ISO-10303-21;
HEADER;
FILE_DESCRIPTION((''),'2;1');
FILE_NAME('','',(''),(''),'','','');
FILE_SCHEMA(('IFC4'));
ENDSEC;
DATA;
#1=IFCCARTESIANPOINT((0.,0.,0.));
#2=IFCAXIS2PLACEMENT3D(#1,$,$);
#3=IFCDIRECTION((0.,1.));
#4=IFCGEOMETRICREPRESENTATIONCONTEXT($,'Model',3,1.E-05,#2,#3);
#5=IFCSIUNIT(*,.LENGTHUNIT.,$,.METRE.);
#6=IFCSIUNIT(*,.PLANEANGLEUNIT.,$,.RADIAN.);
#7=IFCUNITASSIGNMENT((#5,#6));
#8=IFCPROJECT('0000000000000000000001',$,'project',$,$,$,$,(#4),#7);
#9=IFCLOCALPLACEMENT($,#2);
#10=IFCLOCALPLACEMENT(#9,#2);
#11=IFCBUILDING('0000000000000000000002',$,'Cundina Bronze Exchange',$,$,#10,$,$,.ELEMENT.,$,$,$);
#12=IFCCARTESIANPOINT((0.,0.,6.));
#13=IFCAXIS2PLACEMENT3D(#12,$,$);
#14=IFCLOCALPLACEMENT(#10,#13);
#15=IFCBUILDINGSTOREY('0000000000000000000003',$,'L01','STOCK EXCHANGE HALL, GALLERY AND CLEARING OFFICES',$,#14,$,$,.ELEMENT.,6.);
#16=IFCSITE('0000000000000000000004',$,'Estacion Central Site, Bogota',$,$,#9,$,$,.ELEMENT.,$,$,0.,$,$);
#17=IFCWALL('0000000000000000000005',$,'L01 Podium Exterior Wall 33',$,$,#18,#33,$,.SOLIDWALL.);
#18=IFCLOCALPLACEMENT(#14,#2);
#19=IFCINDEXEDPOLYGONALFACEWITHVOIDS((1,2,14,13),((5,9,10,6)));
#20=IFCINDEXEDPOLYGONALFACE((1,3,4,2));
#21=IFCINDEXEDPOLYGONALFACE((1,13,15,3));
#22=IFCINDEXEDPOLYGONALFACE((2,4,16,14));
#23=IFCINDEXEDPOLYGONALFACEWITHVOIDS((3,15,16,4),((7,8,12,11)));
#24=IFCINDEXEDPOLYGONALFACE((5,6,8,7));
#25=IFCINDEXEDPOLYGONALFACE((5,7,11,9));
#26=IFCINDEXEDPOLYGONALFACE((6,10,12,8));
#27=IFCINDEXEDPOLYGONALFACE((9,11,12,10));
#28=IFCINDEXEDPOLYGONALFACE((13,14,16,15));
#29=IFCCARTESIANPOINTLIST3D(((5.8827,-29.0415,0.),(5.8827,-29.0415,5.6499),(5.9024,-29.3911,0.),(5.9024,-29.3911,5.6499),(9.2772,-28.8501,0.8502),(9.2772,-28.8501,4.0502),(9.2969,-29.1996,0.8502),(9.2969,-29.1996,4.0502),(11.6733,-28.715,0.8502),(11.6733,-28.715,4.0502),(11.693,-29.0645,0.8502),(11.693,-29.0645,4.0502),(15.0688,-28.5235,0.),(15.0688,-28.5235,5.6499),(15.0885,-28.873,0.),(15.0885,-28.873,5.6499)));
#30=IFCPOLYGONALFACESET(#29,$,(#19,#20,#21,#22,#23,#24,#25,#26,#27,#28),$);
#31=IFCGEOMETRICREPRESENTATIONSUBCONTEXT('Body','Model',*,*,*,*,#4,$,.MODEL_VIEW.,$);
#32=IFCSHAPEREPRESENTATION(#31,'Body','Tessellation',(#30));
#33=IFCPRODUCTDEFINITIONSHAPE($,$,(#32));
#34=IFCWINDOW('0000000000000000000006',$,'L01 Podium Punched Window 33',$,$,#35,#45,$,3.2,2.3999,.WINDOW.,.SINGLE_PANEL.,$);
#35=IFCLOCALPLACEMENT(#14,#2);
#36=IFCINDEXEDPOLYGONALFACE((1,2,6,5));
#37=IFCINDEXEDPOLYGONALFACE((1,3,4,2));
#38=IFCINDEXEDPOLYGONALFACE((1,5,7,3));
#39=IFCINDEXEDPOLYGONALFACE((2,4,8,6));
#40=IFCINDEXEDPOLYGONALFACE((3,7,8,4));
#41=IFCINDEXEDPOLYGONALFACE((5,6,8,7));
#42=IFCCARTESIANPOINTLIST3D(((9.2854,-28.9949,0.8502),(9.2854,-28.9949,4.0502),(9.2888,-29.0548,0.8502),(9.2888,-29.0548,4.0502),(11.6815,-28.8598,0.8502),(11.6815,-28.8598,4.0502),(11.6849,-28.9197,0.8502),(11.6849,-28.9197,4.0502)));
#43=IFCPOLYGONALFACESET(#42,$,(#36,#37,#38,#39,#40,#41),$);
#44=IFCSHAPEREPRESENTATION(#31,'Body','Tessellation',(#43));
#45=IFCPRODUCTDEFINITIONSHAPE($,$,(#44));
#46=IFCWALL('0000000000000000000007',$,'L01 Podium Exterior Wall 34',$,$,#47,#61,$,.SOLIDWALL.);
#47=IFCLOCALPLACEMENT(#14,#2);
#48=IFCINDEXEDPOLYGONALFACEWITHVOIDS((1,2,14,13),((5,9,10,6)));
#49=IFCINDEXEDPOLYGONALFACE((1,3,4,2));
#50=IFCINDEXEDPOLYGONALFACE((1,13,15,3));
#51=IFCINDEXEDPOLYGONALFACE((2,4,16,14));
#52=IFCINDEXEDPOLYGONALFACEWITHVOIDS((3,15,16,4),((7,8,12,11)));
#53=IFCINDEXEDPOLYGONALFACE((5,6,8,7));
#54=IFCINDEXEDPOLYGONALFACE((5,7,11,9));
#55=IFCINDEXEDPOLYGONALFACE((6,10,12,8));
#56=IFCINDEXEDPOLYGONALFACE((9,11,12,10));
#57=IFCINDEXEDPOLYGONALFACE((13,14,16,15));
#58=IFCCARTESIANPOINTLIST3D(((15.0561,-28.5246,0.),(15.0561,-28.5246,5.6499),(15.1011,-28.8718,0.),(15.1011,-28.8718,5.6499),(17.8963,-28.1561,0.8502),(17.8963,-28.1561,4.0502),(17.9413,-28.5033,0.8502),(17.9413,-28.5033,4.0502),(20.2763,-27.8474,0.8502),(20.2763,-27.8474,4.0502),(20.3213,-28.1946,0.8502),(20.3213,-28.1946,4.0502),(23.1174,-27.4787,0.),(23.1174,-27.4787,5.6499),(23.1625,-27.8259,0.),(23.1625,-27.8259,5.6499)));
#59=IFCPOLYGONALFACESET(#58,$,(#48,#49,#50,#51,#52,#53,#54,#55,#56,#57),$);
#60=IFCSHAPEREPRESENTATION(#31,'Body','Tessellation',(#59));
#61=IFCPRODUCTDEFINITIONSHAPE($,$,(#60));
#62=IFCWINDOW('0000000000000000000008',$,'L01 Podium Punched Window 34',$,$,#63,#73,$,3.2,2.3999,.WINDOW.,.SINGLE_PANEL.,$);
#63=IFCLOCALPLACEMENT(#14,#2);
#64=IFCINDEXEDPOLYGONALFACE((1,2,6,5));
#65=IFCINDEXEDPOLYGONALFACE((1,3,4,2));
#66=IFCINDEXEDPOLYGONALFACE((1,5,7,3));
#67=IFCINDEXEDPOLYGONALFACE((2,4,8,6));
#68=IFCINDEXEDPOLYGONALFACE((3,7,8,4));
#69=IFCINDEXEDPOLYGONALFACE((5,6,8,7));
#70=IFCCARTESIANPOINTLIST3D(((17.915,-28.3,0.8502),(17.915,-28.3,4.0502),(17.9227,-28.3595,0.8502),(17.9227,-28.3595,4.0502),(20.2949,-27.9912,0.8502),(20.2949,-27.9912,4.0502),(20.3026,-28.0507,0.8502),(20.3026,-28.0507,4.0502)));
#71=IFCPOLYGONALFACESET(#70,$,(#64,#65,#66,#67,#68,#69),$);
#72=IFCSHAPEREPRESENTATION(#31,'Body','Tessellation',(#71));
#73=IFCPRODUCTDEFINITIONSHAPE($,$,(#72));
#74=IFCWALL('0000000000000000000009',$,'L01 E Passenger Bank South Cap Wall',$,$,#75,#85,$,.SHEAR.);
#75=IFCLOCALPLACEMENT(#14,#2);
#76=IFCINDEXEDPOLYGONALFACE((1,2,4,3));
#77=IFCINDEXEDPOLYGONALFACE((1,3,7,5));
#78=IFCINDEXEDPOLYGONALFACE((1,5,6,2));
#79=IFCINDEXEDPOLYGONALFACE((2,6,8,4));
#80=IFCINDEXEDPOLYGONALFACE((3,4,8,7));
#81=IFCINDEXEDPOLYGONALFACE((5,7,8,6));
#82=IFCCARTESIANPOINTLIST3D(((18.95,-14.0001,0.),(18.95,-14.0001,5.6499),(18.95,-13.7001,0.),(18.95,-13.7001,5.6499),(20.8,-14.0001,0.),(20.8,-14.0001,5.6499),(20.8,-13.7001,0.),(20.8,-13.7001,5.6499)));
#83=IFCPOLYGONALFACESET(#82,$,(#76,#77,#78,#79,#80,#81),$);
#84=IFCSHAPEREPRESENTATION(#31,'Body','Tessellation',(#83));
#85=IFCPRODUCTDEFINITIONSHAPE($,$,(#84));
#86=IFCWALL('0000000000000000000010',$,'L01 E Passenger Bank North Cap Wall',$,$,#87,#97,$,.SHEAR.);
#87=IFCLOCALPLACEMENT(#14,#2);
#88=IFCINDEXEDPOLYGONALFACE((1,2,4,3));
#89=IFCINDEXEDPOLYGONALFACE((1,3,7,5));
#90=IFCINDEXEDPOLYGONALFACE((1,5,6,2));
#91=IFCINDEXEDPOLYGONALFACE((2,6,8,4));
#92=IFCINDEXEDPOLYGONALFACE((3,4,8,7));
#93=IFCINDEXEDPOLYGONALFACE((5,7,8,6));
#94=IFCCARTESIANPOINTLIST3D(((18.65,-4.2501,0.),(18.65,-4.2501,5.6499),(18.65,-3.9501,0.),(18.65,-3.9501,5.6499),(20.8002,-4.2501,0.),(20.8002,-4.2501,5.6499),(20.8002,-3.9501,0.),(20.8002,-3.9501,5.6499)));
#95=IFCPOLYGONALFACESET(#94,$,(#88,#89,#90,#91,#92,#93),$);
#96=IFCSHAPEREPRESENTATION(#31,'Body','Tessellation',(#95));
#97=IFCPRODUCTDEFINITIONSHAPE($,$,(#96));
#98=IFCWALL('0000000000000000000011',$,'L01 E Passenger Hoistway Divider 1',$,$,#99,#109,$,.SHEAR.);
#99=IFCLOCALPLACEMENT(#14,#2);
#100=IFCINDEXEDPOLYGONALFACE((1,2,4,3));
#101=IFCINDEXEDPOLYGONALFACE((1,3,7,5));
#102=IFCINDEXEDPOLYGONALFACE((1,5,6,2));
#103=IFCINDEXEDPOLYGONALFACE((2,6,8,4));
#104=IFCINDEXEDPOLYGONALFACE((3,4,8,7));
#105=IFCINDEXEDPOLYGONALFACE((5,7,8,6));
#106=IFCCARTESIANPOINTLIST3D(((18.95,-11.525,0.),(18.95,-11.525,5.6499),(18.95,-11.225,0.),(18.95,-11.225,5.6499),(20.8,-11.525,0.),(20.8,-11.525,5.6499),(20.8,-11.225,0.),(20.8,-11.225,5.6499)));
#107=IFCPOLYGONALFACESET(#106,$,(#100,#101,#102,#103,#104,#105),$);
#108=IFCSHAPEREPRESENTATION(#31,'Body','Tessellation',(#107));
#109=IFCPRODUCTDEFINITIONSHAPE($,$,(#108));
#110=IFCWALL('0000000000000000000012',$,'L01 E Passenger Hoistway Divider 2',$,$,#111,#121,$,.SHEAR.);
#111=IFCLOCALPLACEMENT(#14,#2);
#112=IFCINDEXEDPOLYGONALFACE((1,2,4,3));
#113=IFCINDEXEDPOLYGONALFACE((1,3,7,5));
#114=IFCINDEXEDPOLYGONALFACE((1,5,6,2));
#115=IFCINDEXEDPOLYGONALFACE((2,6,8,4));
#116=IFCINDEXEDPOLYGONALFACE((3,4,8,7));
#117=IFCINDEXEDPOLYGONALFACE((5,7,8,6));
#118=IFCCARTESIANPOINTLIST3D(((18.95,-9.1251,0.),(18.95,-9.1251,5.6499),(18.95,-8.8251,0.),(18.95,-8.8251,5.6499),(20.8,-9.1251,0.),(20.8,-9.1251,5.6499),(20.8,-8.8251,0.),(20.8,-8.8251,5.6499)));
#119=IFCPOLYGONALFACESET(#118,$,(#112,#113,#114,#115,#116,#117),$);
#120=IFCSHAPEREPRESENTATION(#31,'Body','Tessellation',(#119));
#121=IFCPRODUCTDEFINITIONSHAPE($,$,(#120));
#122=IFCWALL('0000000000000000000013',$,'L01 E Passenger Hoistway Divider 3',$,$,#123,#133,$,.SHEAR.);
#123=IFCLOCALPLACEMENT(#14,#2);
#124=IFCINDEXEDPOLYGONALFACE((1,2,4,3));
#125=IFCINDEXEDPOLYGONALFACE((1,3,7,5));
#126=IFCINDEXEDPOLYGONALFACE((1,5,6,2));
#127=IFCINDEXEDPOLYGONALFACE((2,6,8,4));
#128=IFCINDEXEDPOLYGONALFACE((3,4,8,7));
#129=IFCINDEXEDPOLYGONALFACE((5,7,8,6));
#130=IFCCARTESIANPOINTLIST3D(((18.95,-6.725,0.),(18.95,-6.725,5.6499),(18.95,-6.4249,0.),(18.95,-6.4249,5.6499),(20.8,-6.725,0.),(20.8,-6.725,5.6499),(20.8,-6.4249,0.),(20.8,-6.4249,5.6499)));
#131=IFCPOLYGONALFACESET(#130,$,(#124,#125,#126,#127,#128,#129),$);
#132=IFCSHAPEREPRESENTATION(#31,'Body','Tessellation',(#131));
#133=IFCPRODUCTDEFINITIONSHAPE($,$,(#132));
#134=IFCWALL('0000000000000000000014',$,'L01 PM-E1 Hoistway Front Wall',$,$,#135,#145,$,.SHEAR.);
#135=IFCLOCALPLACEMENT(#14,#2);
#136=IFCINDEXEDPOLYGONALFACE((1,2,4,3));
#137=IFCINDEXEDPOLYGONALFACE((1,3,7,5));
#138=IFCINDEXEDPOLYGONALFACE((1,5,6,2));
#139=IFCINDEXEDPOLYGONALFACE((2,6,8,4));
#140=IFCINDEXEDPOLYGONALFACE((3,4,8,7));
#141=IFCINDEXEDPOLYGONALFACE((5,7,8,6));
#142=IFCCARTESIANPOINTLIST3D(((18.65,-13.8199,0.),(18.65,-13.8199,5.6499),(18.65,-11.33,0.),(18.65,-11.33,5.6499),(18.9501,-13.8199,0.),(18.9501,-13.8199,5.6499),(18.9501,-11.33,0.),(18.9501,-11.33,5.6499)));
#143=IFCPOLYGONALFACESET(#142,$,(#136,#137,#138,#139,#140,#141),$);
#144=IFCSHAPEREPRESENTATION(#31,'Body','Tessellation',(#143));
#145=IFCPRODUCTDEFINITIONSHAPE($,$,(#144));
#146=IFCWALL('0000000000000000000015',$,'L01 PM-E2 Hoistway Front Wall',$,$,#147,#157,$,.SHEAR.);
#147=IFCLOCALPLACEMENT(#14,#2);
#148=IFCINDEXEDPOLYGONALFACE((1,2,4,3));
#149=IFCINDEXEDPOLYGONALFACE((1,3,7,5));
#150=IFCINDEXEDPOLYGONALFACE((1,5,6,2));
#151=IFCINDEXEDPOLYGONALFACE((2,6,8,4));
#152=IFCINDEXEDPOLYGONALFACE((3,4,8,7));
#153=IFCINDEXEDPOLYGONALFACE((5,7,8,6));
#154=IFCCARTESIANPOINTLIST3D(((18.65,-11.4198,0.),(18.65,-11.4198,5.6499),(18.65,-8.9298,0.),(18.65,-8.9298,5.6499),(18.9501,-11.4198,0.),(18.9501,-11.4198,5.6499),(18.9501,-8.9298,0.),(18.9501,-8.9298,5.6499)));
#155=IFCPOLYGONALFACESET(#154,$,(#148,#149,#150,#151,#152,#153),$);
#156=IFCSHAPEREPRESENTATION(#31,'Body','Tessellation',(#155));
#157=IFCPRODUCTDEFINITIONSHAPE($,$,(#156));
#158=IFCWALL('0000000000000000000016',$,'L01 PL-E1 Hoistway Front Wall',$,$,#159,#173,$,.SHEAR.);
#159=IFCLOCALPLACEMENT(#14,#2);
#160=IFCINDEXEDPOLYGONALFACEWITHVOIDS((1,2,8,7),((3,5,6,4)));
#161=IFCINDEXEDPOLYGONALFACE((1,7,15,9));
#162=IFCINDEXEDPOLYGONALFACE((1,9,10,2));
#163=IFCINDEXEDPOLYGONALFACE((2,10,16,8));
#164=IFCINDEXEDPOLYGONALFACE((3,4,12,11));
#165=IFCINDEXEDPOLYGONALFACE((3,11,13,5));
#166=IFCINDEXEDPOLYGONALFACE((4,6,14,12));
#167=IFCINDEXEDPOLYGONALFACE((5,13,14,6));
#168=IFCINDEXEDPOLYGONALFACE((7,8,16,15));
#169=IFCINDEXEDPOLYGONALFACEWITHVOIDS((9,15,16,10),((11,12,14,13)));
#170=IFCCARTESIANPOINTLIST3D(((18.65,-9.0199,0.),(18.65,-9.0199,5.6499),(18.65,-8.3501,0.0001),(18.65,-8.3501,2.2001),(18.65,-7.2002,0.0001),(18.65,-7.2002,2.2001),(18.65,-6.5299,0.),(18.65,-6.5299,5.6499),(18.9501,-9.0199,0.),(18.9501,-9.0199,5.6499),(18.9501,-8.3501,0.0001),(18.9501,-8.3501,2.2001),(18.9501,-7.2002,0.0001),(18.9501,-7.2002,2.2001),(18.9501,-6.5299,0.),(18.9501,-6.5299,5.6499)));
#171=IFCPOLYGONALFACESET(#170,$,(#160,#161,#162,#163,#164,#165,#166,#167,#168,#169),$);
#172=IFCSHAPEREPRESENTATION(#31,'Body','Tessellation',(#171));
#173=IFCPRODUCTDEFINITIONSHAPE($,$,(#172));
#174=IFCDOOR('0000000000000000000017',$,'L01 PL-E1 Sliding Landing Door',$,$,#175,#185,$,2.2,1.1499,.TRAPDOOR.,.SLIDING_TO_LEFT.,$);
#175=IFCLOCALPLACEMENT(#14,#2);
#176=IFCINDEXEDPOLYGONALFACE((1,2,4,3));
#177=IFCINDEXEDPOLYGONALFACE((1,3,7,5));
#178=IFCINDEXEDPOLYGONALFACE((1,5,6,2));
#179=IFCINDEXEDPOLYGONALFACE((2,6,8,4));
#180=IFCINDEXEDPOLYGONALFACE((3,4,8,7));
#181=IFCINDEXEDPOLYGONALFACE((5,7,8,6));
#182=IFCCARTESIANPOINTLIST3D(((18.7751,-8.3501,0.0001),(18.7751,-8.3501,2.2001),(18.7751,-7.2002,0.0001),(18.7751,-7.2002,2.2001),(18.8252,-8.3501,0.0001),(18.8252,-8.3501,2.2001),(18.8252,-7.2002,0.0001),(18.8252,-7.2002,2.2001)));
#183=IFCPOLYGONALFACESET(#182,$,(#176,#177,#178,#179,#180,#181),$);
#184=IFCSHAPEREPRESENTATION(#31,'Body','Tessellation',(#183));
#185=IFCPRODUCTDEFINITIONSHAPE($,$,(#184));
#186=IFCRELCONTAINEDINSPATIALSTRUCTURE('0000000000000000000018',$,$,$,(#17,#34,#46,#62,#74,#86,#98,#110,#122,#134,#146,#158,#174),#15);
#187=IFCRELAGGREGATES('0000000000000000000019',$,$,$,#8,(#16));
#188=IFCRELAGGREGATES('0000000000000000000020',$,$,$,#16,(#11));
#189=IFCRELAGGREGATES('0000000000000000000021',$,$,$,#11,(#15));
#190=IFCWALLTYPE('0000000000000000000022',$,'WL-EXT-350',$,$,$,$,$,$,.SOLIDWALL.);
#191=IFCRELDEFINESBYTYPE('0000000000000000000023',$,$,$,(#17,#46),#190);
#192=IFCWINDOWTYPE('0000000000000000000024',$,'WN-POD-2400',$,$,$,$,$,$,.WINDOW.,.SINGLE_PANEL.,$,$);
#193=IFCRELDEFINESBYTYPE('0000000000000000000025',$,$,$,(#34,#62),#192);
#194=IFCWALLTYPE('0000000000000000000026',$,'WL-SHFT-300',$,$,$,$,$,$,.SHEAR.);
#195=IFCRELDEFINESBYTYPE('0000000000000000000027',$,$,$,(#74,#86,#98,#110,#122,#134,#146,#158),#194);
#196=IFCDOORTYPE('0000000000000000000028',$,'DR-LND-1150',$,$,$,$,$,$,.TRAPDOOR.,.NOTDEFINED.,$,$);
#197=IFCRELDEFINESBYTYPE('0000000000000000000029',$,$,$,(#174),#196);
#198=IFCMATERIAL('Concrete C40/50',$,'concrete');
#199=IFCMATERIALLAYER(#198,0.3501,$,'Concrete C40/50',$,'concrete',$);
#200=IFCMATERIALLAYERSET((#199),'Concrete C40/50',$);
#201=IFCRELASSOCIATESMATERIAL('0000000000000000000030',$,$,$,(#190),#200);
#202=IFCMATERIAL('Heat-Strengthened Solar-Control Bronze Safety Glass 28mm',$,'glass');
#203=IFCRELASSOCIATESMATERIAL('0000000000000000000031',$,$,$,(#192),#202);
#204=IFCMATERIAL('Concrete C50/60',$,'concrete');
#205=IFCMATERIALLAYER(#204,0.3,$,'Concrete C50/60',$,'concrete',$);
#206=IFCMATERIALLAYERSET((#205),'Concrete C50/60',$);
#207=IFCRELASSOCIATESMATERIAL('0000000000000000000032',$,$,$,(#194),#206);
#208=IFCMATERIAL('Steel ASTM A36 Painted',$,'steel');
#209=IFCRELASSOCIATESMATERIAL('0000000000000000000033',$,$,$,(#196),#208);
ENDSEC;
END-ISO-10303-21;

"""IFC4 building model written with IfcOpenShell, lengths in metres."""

from ifc_helpers import new_model, si_unit, direction, frame, frame_2d, origin, place, context, subcontext, project, spatial, rectangle, extrude, material, layer, layer_set, type_object, element, fill, save


model = new_model("IFC4")

# Units and contexts
model_context = context("Model", 3, precision=1e-05, world=origin(), true_north=direction((0.0, 1.0)))
body_context = subcontext(model_context, "Body", "Model", "MODEL_VIEW")
ifc_project = project(units=[si_unit("LENGTHUNIT", "METRE"), si_unit("PLANEANGLEUNIT", "RADIAN")], contexts=[model_context])

# Site, building, storey
site_placement = place(None, origin())
site = spatial("IfcSite", under=ifc_project, at=site_placement, Name="Estacion Central Site, Bogota", CompositionType="ELEMENT", RefElevation=0.0)
building_placement = place(site_placement, origin())
building = spatial("IfcBuilding", under=site, at=building_placement, Name="Cundina Bronze Exchange", CompositionType="ELEMENT")
storey_placement = place(building_placement, frame((0.0, 0.0, 6.0)))
storey = spatial("IfcBuildingStorey", under=building, at=storey_placement, Name="L01", Description="STOCK EXCHANGE HALL, GALLERY AND CLEARING OFFICES", CompositionType="ELEMENT", Elevation=6.0)

# Walls, openings, windows
ifc_material_1 = material(Name="Concrete C40/50", Category="concrete")
ifc_layer_1 = layer(ifc_material_1, 0.3501, Name="Concrete C40/50", Category="concrete")
ifc_layer_set_1 = layer_set([ifc_layer_1], Name="Concrete C40/50")
wall_type_1 = type_object("IfcWallType", Name="WL-EXT-350", PredefinedType="SOLIDWALL", material=ifc_layer_set_1)
wall_1_placement = place(storey_placement, frame((5.8926, -29.2163, 0.0), z_axis=(0.0, 0.0, 1.0), x_axis=(0.998413, 0.056308, 0.0)))
wall_1 = element("IfcWall", 1, at=wall_1_placement, inside=storey, type_object=wall_type_1, Name="L01 Podium Exterior Wall 33", PredefinedType="SOLIDWALL", context=body_context, shape_type="SweptSolid", body=[
    extrude(rectangle(XDim=9.2007, YDim=0.3501, at=frame_2d((4.6003, 0.0))), origin(), (0.0, 0.0, 1.0), 5.6499),
])
opening_1_placement = place(wall_1_placement, frame((3.3999, 0.0, 0.8501)))
opening_1 = element("IfcOpeningElement", 2, at=opening_1_placement, cuts=wall_1, PredefinedType="OPENING", context=body_context, shape_type="SweptSolid", body=[
    extrude(rectangle(XDim=2.3999, YDim=3.2, at=frame_2d((1.2, 1.6001))), frame((0.0, 0.1851, 0.0), z_axis=(0.0, -1.0, 0.0), x_axis=(1.0, 0.0, 0.0)), (0.0, 0.0, 1.0), 0.3701),
])
ifc_material_2 = material(Name="Heat-Strengthened Solar-Control Bronze Safety Glass 28mm", Category="glass")
window_type_1 = type_object("IfcWindowType", Name="WN-POD-2400", PartitioningType="SINGLE_PANEL", PredefinedType="WINDOW", material=ifc_material_2)
window_1_placement = place(opening_1_placement, origin())
window_1 = element("IfcWindow", 3, at=window_1_placement, inside=storey, type_object=window_type_1, Name="L01 Podium Punched Window 33", OverallHeight=3.2, OverallWidth=2.3999, PartitioningType="SINGLE_PANEL", PredefinedType="WINDOW", context=body_context, shape_type="SweptSolid", body=[
    extrude(rectangle(XDim=2.3999, YDim=3.2, at=frame_2d((1.2, 1.6001))), frame((0.0, 0.03, 0.0), z_axis=(0.0, -1.0, 0.0), x_axis=(1.0, 0.0, 0.0)), (0.0, 0.0, 1.0), 0.0601),
])
fill(opening_1, window_1)
wall_2_placement = place(storey_placement, frame((15.0786, -28.6982, 0.0), z_axis=(0.0, 0.0, 1.0), x_axis=(0.991688, 0.128665, 0.0)))
wall_2 = element("IfcWall", 4, at=wall_2_placement, inside=storey, type_object=wall_type_1, Name="L01 Podium Exterior Wall 34", PredefinedType="SOLIDWALL", context=body_context, shape_type="SweptSolid", body=[
    extrude(rectangle(XDim=8.1289, YDim=0.3501, at=frame_2d((4.0645, 0.0))), origin(), (0.0, 0.0, 1.0), 5.6499),
])
opening_2_placement = place(wall_2_placement, frame((2.864, 0.0, 0.8501)))
opening_2 = element("IfcOpeningElement", 5, at=opening_2_placement, cuts=wall_2, PredefinedType="OPENING", context=body_context, shape_type="SweptSolid", body=[
    extrude(rectangle(XDim=2.3999, YDim=3.2, at=frame_2d((1.2, 1.6001))), frame((0.0, 0.1851, 0.0), z_axis=(0.0, -1.0, 0.0), x_axis=(1.0, 0.0, 0.0)), (0.0, 0.0, 1.0), 0.3701),
])
window_2_placement = place(opening_2_placement, origin())
window_2 = element("IfcWindow", 6, at=window_2_placement, inside=storey, type_object=window_type_1, Name="L01 Podium Punched Window 34", OverallHeight=3.2, OverallWidth=2.3999, PartitioningType="SINGLE_PANEL", PredefinedType="WINDOW", context=body_context, shape_type="SweptSolid", body=[
    extrude(rectangle(XDim=2.3999, YDim=3.2, at=frame_2d((1.2, 1.6001))), frame((0.0, 0.03, 0.0), z_axis=(0.0, -1.0, 0.0), x_axis=(1.0, 0.0, 0.0)), (0.0, 0.0, 1.0), 0.0601),
])
fill(opening_2, window_2)

# Walls
ifc_material_3 = material(Name="Concrete C50/60", Category="concrete")
ifc_layer_2 = layer(ifc_material_3, 0.3, Name="Concrete C50/60", Category="concrete")
ifc_layer_set_2 = layer_set([ifc_layer_2], Name="Concrete C50/60")
wall_type_2 = type_object("IfcWallType", Name="WL-SHFT-300", PredefinedType="SHEAR", material=ifc_layer_set_2)
wall_3_placement = place(storey_placement, frame((18.95, -13.8501, 0.0), z_axis=(0.0, 0.0, 1.0), x_axis=(1.0, 0.0, 0.0)))
element("IfcWall", 7, at=wall_3_placement, inside=storey, type_object=wall_type_2, Name="L01 E Passenger Bank South Cap Wall", PredefinedType="SHEAR", context=body_context, shape_type="SweptSolid", body=[
    extrude(rectangle(XDim=1.8501, YDim=0.3, at=frame_2d((0.925, 0.0))), origin(), (0.0, 0.0, 1.0), 5.6499),
])
wall_4_placement = place(storey_placement, frame((18.6499, -4.1001, 0.0), z_axis=(0.0, 0.0, 1.0), x_axis=(1.0, 0.0, 0.0)))
element("IfcWall", 8, at=wall_4_placement, inside=storey, type_object=wall_type_2, Name="L01 E Passenger Bank North Cap Wall", PredefinedType="SHEAR", context=body_context, shape_type="SweptSolid", body=[
    extrude(rectangle(XDim=2.1501, YDim=0.3, at=frame_2d((1.0752, 0.0))), origin(), (0.0, 0.0, 1.0), 5.6499),
])
for number, where, z_axis, x_axis, name in (
    (9, (18.95, -11.375, 0.0), (0.0, 0.0, 1.0), (1.0, 0.0, 0.0), "L01 E Passenger Hoistway Divider 1"),
    (10, (18.95, -8.9751, 0.0), (0.0, 0.0, 1.0), (1.0, 0.0, 0.0), "L01 E Passenger Hoistway Divider 2"),
    (11, (18.95, -6.575, 0.0), (0.0, 0.0, 1.0), (1.0, 0.0, 0.0), "L01 E Passenger Hoistway Divider 3"),
):
    element("IfcWall", number, at=place(storey_placement, frame(where, z_axis=z_axis, x_axis=x_axis)), inside=storey, type_object=wall_type_2, Name=name, PredefinedType="SHEAR", context=body_context, shape_type="SweptSolid", body=[
        extrude(rectangle(XDim=1.8501, YDim=0.3, at=frame_2d((0.925, 0.0))), origin(), (0.0, 0.0, 1.0), 5.6499),
    ])
for number, where, z_axis, x_axis, name in (
    (12, (18.8, -13.8201, 0.0), (0.0, 0.0, 1.0), (0.0, 1.0, 0.0), "L01 PM-E1 Hoistway Front Wall"),
    (13, (18.8, -11.4199, 0.0), (0.0, 0.0, 1.0), (0.0, 1.0, 0.0), "L01 PM-E2 Hoistway Front Wall"),
):
    element("IfcWall", number, at=place(storey_placement, frame(where, z_axis=z_axis, x_axis=x_axis)), inside=storey, type_object=wall_type_2, Name=name, PredefinedType="SHEAR", context=body_context, shape_type="SweptSolid", body=[
        extrude(rectangle(XDim=2.49, YDim=0.3, at=frame_2d((1.2451, 0.0))), origin(), (0.0, 0.0, 1.0), 5.6499),
    ])

# Wall, opening, door
wall_5_placement = place(storey_placement, frame((18.8, -9.02, 0.0), z_axis=(0.0, 0.0, 1.0), x_axis=(0.0, 1.0, 0.0)))
wall_5 = element("IfcWall", 14, at=wall_5_placement, inside=storey, type_object=wall_type_2, Name="L01 PL-E1 Hoistway Front Wall", PredefinedType="SHEAR", context=body_context, shape_type="SweptSolid", body=[
    extrude(rectangle(XDim=2.49, YDim=0.3, at=frame_2d((1.2451, 0.0))), origin(), (0.0, 0.0, 1.0), 5.6499),
])
opening_3_placement = place(wall_5_placement, frame((0.6699, 0.0, 0.0)))
opening_3 = element("IfcOpeningElement", 15, at=opening_3_placement, cuts=wall_5, PredefinedType="OPENING", context=body_context, shape_type="SweptSolid", body=[
    extrude(rectangle(XDim=1.1499, YDim=2.2, at=frame_2d((0.575, 1.1001))), frame((0.0, 0.1599, 0.0), z_axis=(0.0, -1.0, 0.0), x_axis=(1.0, 0.0, 0.0)), (0.0, 0.0, 1.0), 0.3201),
])
ifc_material_4 = material(Name="Steel ASTM A36 Painted", Category="steel")
door_type = type_object("IfcDoorType", Name="DR-LND-1150", OperationType="NOTDEFINED", PredefinedType="TRAPDOOR", material=ifc_material_4)
door_1_placement = place(opening_3_placement, origin())
door_1 = element("IfcDoor", 16, at=door_1_placement, inside=storey, type_object=door_type, Name="L01 PL-E1 Sliding Landing Door", OperationType="SLIDING_TO_LEFT", OverallHeight=2.2, OverallWidth=1.1499, PredefinedType="TRAPDOOR", context=body_context, shape_type="SweptSolid", body=[
    extrude(rectangle(XDim=1.1499, YDim=2.2, at=frame_2d((0.575, 1.1001))), frame((0.0, 0.0249, 0.0), z_axis=(0.0, -1.0, 0.0), x_axis=(1.0, 0.0, 0.0)), (0.0, 0.0, 1.0), 0.05),
])
fill(opening_3, door_1)

save(model, "model.ifc")
